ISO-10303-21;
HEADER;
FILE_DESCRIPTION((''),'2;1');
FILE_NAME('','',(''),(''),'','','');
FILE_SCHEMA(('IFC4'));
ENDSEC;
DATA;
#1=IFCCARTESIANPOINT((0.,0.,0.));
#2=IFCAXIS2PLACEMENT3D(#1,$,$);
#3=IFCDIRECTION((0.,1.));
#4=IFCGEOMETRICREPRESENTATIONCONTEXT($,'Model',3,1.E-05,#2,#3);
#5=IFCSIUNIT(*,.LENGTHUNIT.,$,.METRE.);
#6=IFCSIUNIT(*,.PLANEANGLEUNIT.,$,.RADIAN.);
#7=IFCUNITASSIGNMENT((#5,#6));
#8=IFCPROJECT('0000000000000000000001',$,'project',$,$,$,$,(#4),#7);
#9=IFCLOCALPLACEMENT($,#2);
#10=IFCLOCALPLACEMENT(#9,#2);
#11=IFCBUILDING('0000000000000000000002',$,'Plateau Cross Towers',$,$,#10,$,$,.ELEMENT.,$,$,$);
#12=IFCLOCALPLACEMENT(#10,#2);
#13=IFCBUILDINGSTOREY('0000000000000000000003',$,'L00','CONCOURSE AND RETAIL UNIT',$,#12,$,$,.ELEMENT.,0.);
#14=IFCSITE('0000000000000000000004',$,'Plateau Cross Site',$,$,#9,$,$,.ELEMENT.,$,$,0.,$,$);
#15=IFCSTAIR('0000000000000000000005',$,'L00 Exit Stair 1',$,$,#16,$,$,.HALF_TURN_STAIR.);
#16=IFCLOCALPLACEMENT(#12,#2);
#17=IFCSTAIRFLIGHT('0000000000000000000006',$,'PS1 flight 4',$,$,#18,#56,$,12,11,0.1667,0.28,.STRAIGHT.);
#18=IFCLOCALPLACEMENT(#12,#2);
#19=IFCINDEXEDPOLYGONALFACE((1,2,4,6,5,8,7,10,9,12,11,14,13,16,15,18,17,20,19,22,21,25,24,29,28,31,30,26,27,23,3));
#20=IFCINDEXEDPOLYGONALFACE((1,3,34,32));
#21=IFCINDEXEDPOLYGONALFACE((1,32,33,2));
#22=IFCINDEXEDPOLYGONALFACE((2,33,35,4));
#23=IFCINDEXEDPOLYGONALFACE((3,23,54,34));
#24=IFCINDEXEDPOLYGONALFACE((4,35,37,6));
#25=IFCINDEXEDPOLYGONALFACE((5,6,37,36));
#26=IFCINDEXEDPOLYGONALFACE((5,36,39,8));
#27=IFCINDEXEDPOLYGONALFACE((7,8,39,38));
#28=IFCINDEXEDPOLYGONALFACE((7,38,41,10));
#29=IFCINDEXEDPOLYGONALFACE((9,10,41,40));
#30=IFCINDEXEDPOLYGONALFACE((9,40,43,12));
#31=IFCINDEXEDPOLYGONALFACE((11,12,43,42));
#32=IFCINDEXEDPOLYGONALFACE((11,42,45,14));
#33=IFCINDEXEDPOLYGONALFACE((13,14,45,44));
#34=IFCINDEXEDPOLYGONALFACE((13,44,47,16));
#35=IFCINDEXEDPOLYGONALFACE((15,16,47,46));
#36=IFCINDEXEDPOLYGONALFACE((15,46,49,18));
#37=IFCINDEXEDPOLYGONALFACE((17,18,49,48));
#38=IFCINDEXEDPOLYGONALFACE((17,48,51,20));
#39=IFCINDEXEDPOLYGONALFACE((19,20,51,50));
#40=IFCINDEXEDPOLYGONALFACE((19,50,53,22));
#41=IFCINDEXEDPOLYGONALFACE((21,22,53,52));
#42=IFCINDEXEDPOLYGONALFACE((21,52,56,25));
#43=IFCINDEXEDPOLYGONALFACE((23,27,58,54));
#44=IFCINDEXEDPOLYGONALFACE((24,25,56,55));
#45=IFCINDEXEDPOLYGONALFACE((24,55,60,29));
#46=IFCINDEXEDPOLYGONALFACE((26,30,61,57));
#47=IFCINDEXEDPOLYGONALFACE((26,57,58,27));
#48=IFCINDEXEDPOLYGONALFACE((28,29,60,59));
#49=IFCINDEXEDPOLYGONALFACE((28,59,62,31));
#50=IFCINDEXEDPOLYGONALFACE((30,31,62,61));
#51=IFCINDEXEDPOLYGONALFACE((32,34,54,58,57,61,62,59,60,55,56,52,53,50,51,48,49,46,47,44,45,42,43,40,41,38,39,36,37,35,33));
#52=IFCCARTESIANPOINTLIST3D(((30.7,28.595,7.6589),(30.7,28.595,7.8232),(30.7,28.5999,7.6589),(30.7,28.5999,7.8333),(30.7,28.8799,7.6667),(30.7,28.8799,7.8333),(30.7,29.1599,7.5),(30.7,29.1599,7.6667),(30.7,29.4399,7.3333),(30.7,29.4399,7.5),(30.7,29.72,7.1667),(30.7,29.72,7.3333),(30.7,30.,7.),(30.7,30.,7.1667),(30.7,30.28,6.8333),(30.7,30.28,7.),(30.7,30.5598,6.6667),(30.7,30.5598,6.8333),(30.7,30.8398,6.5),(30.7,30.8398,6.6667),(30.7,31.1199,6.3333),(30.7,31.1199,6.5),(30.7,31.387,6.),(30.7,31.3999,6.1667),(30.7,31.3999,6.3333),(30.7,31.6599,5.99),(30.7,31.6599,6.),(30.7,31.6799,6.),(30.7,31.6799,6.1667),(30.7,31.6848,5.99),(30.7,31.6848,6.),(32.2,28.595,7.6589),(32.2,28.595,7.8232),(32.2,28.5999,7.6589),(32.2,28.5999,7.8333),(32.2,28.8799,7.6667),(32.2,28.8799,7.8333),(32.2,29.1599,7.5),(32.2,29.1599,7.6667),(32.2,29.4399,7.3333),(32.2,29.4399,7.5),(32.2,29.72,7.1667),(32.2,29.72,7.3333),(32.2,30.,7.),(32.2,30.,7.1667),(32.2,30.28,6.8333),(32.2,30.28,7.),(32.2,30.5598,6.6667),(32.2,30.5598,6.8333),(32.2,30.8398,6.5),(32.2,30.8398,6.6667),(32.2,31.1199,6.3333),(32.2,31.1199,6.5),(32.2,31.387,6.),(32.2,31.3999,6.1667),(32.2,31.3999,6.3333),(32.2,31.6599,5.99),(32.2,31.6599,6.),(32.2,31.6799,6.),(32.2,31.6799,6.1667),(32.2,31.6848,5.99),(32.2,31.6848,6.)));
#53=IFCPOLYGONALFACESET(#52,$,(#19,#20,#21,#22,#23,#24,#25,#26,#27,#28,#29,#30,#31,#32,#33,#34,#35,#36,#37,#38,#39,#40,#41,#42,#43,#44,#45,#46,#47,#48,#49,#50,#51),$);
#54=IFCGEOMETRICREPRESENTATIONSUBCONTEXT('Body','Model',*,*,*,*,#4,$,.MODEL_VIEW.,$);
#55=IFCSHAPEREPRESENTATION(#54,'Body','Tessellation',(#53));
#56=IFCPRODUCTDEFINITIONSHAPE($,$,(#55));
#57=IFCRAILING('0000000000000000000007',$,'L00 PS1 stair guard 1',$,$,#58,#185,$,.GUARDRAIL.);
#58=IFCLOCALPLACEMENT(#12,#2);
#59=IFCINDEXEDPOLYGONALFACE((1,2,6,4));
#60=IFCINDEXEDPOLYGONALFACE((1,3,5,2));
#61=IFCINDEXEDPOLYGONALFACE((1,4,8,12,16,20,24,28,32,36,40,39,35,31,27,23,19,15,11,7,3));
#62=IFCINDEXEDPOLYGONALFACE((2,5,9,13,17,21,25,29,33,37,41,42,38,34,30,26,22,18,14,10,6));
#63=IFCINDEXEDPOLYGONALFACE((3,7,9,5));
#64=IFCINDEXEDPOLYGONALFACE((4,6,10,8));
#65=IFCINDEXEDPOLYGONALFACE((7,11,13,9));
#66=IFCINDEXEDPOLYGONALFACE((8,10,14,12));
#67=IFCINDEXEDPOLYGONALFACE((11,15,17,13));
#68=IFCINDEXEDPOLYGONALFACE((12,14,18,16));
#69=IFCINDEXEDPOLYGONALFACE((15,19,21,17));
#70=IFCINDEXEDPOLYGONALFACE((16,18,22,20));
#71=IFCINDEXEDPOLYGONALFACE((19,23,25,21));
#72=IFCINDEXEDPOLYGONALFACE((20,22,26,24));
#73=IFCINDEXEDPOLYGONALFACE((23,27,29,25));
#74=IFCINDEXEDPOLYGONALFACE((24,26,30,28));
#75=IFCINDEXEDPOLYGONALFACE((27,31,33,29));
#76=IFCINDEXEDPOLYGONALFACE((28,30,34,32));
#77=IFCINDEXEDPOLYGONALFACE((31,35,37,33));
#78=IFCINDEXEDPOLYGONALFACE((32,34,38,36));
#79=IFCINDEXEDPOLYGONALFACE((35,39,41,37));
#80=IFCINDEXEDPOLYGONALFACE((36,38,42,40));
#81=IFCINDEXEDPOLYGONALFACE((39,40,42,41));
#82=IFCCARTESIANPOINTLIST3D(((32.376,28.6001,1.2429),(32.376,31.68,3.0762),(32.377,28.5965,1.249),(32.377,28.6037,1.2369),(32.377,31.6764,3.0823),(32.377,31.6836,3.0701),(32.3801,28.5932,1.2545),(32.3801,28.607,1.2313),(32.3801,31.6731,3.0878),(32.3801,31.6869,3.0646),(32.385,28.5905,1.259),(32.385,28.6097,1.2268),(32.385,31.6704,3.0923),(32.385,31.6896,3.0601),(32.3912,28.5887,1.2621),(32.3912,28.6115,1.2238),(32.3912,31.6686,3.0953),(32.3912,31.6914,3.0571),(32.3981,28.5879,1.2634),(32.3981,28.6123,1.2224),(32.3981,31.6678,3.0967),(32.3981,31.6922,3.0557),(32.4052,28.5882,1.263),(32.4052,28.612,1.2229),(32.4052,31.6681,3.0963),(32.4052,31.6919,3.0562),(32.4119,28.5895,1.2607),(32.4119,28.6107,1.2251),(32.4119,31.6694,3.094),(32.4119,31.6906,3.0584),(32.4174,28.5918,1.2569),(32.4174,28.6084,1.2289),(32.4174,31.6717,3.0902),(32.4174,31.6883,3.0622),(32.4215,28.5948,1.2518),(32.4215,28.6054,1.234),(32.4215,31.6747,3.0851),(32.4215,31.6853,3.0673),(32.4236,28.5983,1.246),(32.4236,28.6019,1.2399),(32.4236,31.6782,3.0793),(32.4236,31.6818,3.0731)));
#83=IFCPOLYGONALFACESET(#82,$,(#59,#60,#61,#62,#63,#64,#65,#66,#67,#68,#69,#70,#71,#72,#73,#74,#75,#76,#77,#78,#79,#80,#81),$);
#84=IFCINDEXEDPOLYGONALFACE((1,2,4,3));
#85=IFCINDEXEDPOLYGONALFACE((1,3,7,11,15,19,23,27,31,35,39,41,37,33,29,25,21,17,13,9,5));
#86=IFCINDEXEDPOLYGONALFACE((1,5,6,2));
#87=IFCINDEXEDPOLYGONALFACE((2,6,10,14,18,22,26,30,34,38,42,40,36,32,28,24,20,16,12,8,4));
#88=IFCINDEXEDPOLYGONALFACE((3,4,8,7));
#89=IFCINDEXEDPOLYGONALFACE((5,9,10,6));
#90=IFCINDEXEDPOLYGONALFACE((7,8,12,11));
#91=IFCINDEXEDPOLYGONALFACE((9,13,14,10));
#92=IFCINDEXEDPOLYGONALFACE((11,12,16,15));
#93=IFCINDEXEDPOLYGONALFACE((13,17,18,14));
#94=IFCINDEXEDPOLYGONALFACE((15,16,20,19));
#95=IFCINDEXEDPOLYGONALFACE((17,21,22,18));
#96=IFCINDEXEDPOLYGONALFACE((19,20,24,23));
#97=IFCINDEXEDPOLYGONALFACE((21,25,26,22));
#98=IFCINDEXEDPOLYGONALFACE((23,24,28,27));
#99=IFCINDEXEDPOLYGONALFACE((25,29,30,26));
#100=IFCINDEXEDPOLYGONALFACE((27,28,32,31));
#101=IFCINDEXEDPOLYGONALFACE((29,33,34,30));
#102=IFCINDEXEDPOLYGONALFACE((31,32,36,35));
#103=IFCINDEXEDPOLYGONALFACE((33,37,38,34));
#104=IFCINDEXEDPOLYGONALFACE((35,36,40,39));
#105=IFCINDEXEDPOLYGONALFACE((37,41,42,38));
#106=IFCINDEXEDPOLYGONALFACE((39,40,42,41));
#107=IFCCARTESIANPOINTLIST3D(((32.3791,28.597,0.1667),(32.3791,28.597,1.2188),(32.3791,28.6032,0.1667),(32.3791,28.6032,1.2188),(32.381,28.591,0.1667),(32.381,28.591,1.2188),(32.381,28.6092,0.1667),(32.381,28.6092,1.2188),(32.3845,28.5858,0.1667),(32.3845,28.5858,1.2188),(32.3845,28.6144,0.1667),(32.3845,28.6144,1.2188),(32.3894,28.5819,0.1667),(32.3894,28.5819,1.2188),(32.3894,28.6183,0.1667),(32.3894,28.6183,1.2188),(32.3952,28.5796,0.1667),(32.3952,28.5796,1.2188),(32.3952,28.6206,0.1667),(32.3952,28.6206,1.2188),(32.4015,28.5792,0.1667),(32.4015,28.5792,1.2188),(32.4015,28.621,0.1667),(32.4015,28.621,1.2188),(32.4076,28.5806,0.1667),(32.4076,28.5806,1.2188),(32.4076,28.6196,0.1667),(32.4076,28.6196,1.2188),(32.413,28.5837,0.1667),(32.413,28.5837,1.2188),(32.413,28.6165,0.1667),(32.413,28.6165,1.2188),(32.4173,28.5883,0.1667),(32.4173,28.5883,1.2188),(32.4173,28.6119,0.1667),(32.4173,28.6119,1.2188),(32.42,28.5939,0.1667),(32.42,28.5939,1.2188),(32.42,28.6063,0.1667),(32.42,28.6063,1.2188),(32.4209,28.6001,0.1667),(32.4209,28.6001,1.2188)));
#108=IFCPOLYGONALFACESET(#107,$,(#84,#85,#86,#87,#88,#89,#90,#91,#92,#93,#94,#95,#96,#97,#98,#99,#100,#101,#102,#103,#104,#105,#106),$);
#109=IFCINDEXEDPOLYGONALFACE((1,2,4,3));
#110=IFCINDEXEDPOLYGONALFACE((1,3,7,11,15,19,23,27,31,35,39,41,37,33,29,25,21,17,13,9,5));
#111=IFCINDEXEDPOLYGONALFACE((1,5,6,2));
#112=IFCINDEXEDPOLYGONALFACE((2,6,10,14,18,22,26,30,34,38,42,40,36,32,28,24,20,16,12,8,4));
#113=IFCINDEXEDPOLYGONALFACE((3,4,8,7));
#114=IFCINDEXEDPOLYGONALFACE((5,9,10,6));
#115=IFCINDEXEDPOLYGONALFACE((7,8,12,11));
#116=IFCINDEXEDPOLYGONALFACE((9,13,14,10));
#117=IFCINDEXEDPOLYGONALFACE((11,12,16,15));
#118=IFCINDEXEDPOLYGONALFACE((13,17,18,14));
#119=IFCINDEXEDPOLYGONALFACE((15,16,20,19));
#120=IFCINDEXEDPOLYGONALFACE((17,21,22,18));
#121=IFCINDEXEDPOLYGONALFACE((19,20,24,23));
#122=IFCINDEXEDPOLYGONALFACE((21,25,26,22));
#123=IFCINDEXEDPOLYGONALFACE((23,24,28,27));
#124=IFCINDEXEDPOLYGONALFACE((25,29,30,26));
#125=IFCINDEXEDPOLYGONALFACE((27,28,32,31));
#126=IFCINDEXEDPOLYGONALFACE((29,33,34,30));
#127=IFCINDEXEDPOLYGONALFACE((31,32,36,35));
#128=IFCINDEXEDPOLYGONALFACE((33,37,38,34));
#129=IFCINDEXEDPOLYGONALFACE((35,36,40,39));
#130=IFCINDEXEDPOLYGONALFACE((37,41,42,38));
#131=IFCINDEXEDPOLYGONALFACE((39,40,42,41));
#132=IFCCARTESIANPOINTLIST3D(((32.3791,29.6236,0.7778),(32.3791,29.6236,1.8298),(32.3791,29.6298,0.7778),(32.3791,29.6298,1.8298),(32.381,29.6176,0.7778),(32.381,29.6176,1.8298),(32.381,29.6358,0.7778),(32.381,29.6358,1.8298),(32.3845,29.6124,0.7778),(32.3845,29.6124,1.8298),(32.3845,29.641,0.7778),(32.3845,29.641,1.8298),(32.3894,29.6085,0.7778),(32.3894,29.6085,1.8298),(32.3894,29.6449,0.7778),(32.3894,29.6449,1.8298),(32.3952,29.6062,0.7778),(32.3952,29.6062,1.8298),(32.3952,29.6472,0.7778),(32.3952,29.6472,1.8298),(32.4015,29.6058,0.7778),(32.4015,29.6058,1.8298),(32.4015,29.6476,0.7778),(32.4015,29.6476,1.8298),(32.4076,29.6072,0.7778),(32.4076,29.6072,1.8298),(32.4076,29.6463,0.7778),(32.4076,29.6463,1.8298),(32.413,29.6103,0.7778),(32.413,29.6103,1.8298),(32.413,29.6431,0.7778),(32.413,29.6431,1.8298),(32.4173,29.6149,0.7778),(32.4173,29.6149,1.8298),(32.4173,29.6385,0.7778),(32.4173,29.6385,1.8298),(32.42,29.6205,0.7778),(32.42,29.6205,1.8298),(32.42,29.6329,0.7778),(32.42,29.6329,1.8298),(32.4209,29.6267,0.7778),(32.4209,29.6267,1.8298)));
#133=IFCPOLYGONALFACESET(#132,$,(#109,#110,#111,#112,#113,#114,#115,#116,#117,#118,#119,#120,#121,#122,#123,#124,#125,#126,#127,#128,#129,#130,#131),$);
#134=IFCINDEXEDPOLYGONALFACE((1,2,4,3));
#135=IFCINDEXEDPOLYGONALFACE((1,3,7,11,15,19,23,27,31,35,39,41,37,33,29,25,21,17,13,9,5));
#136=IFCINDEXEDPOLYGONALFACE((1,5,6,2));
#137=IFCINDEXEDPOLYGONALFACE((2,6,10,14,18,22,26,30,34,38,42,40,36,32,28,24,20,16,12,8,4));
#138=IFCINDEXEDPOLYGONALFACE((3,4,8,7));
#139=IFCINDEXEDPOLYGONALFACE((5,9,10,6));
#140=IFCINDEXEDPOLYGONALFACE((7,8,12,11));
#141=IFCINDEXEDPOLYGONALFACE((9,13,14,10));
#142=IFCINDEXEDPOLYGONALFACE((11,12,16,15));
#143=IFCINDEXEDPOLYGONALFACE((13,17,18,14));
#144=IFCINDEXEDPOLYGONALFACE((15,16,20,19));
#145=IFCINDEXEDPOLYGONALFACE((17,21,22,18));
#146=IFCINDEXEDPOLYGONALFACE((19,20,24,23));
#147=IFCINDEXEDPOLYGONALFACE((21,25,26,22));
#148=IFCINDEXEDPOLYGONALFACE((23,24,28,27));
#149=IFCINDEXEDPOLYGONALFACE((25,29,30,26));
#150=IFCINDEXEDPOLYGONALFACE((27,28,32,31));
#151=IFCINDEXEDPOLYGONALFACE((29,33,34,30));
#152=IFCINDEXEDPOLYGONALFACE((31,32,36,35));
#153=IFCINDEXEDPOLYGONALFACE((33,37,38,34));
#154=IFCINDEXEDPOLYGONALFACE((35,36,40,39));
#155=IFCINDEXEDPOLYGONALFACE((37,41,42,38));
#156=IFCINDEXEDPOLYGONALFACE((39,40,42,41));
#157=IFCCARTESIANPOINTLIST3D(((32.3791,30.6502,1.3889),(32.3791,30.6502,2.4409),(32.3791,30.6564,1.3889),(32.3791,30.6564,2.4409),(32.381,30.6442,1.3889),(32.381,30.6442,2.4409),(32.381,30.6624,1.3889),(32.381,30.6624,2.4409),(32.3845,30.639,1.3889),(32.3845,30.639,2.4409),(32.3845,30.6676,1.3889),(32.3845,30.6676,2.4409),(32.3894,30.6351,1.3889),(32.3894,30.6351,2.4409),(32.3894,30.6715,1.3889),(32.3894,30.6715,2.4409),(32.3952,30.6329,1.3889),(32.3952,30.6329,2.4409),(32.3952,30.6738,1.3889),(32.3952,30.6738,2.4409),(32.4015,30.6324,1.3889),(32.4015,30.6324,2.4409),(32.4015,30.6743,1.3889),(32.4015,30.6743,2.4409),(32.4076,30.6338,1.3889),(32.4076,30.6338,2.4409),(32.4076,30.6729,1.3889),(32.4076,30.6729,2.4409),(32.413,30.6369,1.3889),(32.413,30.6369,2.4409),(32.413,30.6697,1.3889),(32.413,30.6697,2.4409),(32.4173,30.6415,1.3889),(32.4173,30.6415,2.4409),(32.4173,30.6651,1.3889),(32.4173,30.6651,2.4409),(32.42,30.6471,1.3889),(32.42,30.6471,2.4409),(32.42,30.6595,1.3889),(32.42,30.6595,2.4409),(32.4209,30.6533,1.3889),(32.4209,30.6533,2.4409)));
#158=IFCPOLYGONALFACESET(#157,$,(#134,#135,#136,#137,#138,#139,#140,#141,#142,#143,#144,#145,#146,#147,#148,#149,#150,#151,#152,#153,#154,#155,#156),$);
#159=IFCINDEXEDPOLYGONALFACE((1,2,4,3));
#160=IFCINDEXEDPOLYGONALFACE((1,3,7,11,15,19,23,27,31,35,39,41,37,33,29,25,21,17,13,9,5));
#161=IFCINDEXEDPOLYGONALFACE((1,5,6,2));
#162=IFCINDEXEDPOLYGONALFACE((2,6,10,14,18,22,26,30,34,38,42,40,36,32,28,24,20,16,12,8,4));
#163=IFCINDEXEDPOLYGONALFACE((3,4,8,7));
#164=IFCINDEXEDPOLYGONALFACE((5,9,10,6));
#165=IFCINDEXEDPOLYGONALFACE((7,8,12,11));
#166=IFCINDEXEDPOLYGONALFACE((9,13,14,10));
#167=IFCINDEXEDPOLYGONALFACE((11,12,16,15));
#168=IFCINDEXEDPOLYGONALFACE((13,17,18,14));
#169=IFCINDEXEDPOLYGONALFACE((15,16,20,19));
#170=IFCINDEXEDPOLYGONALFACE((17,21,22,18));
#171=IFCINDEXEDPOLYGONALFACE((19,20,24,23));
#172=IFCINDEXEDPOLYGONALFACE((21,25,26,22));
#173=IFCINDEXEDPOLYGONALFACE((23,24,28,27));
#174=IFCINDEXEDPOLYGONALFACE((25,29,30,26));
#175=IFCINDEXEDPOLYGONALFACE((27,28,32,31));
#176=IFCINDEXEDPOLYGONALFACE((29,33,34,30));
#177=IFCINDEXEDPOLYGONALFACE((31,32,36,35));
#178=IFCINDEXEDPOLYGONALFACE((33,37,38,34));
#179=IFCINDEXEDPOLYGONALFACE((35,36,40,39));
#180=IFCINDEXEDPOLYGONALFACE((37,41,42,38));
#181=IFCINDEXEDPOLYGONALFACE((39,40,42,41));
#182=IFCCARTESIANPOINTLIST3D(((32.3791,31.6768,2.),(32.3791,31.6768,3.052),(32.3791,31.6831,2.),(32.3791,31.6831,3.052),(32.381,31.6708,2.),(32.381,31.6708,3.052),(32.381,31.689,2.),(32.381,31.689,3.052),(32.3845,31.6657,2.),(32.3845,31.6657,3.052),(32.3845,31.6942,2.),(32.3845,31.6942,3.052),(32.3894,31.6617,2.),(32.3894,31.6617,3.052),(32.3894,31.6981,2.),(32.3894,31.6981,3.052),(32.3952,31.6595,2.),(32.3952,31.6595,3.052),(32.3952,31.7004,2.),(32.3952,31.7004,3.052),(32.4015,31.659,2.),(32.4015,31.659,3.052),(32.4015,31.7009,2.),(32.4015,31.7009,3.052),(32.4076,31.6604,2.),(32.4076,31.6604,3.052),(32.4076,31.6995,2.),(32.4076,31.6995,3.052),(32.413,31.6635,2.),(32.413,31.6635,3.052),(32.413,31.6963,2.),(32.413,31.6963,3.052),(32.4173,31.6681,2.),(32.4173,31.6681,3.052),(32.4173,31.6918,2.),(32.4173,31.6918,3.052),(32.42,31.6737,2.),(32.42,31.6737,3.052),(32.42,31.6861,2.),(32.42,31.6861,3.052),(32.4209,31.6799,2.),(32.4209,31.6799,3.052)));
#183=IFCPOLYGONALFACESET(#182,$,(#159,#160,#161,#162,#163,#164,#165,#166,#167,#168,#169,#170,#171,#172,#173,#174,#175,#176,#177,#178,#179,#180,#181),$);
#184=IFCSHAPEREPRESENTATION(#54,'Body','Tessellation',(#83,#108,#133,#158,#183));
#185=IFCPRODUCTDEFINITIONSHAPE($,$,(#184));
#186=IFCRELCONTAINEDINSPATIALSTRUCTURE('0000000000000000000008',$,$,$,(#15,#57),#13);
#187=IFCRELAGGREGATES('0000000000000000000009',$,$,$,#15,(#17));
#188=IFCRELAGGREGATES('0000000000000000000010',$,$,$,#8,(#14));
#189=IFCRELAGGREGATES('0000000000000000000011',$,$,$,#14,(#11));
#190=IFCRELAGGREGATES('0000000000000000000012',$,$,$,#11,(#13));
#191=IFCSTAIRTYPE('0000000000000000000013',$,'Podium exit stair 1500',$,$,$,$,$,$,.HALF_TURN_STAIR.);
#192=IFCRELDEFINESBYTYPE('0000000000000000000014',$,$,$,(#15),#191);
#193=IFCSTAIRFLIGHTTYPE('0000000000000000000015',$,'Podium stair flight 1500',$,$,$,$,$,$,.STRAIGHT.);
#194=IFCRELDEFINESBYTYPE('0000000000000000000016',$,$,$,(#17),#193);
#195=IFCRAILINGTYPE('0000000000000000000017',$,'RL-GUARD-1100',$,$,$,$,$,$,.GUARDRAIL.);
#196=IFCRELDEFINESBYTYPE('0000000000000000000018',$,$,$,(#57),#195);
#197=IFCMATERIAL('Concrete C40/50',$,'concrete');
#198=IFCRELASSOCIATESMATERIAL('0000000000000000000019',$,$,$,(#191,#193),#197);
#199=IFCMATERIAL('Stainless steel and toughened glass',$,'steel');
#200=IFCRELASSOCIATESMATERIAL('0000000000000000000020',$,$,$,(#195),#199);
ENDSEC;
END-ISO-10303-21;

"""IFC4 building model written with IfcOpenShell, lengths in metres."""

from ifc_helpers import new_model, si_unit, direction, frame, origin, origin_2d, place, context, subcontext, project, spatial, polyline, circle, outline, extrude, material, type_object, element, aggregate, save


model = new_model("IFC4")

# Units and contexts
model_context = context("Model", 3, precision=1e-05, world=origin(), true_north=direction((0.0, 1.0)))
body_context = subcontext(model_context, "Body", "Model", "MODEL_VIEW")
ifc_project = project(units=[si_unit("LENGTHUNIT", "METRE"), si_unit("PLANEANGLEUNIT", "RADIAN")], contexts=[model_context])

# Site, building, storey
site_placement = place(None, origin())
site = spatial("IfcSite", under=ifc_project, at=site_placement, Name="Plateau Cross Site", CompositionType="ELEMENT", RefElevation=0.0)
building_placement = place(site_placement, origin())
building = spatial("IfcBuilding", under=site, at=building_placement, Name="Plateau Cross Towers", CompositionType="ELEMENT")
storey_placement = place(building_placement, origin())
storey = spatial("IfcBuildingStorey", under=building, at=storey_placement, Name="L00", Description="CONCOURSE AND RETAIL UNIT", CompositionType="ELEMENT", Elevation=0.0)

# Stair, stair flight
ifc_material_1 = material(Name="Concrete C40/50", Category="concrete")
stair_type = type_object("IfcStairType", Name="Podium exit stair 1500", PredefinedType="HALF_TURN_STAIR", material=ifc_material_1)
stair_placement = place(storey_placement, origin())
stair = element("IfcStair", 1, at=stair_placement, inside=storey, type_object=stair_type, Name="L00 Exit Stair 1", PredefinedType="HALF_TURN_STAIR")
stair_flight_type = type_object("IfcStairFlightType", Name="Podium stair flight 1500", PredefinedType="STRAIGHT", material=ifc_material_1)
stair_flight_1_placement = place(storey_placement, frame((31.45, 31.6799, 6.0), z_axis=(0.0, 0.0, 1.0), x_axis=(0.0, -1.0, 0.0)))
stair_flight_1 = element("IfcStairFlight", 2, at=stair_flight_1_placement, type_object=stair_flight_type, Name="PS1 flight 4", NumberOfRisers=12, NumberOfTreads=11, PredefinedType="STRAIGHT", RiserHeight=0.1667, TreadLength=0.28, context=body_context, shape_type="SweptSolid", body=[
    extrude(outline(polyline([(-0.0049, -0.01), (-0.0049, 0.0), (0.0, 0.0), (0.0, 0.1667), (0.28, 0.1667), (0.28, 0.3333), (0.5601, 0.3333), (0.5601, 0.5), (0.8401, 0.5), (0.8401, 0.6667), (1.1201, 0.6667), (1.1201, 0.8333), (1.3999, 0.8333), (1.3999, 1.0), (1.6799, 1.0), (1.6799, 1.1667), (1.96, 1.1667), (1.96, 1.3333), (2.24, 1.3333), (2.24, 1.5), (2.52, 1.5), (2.52, 1.6667), (2.8, 1.6667), (2.8, 1.8333), (3.0801, 1.8333), (3.085, 1.8232), (3.085, 1.6589), (3.0801, 1.6589), (0.293, 0.0), (0.02, 0.0), (0.02, -0.01), (-0.0049, -0.01)])), frame((0.0, 0.75, 0.0), z_axis=(0.0, -1.0, 0.0), x_axis=(1.0, 0.0, 0.0)), (0.0, 0.0, 1.0), 1.5),
])
aggregate(stair, [stair_flight_1])

# Railing
ifc_material_2 = material(Name="Stainless steel and toughened glass", Category="steel")
railing_type_1 = type_object("IfcRailingType", Name="RL-GUARD-1100", PredefinedType="GUARDRAIL", material=ifc_material_2)
railing_1_placement = place(storey_placement, frame((32.3999, 28.6001, 0.1667)))
element("IfcRailing", 3, at=railing_1_placement, inside=storey, type_object=railing_type_1, Name="L00 PS1 stair guard 1", PredefinedType="GUARDRAIL", context=body_context, shape_type="SweptSolid", body=[
    extrude(circle(Radius=0.0239, at=origin_2d()), frame((0.0, 0.0, 1.0762), z_axis=(0.0, 0.859291, 0.511487), x_axis=(-1.0, 0.0, 0.0)), (0.0, 0.0, 1.0), 3.5842),
    extrude(circle(Radius=0.021, at=origin_2d()), origin(), (0.0, 0.0, 1.0), 1.052),
    extrude(circle(Radius=0.021, at=origin_2d()), frame((0.0, 1.0266, 0.6111)), (0.0, 0.0, 1.0), 1.052),
    extrude(circle(Radius=0.021, at=origin_2d()), frame((0.0, 2.0532, 1.2222)), (0.0, 0.0, 1.0), 1.052),
    extrude(circle(Radius=0.021, at=origin_2d()), frame((0.0, 3.0798, 1.8333)), (0.0, 0.0, 1.0), 1.052),
])

save(model, "model.ifc")
